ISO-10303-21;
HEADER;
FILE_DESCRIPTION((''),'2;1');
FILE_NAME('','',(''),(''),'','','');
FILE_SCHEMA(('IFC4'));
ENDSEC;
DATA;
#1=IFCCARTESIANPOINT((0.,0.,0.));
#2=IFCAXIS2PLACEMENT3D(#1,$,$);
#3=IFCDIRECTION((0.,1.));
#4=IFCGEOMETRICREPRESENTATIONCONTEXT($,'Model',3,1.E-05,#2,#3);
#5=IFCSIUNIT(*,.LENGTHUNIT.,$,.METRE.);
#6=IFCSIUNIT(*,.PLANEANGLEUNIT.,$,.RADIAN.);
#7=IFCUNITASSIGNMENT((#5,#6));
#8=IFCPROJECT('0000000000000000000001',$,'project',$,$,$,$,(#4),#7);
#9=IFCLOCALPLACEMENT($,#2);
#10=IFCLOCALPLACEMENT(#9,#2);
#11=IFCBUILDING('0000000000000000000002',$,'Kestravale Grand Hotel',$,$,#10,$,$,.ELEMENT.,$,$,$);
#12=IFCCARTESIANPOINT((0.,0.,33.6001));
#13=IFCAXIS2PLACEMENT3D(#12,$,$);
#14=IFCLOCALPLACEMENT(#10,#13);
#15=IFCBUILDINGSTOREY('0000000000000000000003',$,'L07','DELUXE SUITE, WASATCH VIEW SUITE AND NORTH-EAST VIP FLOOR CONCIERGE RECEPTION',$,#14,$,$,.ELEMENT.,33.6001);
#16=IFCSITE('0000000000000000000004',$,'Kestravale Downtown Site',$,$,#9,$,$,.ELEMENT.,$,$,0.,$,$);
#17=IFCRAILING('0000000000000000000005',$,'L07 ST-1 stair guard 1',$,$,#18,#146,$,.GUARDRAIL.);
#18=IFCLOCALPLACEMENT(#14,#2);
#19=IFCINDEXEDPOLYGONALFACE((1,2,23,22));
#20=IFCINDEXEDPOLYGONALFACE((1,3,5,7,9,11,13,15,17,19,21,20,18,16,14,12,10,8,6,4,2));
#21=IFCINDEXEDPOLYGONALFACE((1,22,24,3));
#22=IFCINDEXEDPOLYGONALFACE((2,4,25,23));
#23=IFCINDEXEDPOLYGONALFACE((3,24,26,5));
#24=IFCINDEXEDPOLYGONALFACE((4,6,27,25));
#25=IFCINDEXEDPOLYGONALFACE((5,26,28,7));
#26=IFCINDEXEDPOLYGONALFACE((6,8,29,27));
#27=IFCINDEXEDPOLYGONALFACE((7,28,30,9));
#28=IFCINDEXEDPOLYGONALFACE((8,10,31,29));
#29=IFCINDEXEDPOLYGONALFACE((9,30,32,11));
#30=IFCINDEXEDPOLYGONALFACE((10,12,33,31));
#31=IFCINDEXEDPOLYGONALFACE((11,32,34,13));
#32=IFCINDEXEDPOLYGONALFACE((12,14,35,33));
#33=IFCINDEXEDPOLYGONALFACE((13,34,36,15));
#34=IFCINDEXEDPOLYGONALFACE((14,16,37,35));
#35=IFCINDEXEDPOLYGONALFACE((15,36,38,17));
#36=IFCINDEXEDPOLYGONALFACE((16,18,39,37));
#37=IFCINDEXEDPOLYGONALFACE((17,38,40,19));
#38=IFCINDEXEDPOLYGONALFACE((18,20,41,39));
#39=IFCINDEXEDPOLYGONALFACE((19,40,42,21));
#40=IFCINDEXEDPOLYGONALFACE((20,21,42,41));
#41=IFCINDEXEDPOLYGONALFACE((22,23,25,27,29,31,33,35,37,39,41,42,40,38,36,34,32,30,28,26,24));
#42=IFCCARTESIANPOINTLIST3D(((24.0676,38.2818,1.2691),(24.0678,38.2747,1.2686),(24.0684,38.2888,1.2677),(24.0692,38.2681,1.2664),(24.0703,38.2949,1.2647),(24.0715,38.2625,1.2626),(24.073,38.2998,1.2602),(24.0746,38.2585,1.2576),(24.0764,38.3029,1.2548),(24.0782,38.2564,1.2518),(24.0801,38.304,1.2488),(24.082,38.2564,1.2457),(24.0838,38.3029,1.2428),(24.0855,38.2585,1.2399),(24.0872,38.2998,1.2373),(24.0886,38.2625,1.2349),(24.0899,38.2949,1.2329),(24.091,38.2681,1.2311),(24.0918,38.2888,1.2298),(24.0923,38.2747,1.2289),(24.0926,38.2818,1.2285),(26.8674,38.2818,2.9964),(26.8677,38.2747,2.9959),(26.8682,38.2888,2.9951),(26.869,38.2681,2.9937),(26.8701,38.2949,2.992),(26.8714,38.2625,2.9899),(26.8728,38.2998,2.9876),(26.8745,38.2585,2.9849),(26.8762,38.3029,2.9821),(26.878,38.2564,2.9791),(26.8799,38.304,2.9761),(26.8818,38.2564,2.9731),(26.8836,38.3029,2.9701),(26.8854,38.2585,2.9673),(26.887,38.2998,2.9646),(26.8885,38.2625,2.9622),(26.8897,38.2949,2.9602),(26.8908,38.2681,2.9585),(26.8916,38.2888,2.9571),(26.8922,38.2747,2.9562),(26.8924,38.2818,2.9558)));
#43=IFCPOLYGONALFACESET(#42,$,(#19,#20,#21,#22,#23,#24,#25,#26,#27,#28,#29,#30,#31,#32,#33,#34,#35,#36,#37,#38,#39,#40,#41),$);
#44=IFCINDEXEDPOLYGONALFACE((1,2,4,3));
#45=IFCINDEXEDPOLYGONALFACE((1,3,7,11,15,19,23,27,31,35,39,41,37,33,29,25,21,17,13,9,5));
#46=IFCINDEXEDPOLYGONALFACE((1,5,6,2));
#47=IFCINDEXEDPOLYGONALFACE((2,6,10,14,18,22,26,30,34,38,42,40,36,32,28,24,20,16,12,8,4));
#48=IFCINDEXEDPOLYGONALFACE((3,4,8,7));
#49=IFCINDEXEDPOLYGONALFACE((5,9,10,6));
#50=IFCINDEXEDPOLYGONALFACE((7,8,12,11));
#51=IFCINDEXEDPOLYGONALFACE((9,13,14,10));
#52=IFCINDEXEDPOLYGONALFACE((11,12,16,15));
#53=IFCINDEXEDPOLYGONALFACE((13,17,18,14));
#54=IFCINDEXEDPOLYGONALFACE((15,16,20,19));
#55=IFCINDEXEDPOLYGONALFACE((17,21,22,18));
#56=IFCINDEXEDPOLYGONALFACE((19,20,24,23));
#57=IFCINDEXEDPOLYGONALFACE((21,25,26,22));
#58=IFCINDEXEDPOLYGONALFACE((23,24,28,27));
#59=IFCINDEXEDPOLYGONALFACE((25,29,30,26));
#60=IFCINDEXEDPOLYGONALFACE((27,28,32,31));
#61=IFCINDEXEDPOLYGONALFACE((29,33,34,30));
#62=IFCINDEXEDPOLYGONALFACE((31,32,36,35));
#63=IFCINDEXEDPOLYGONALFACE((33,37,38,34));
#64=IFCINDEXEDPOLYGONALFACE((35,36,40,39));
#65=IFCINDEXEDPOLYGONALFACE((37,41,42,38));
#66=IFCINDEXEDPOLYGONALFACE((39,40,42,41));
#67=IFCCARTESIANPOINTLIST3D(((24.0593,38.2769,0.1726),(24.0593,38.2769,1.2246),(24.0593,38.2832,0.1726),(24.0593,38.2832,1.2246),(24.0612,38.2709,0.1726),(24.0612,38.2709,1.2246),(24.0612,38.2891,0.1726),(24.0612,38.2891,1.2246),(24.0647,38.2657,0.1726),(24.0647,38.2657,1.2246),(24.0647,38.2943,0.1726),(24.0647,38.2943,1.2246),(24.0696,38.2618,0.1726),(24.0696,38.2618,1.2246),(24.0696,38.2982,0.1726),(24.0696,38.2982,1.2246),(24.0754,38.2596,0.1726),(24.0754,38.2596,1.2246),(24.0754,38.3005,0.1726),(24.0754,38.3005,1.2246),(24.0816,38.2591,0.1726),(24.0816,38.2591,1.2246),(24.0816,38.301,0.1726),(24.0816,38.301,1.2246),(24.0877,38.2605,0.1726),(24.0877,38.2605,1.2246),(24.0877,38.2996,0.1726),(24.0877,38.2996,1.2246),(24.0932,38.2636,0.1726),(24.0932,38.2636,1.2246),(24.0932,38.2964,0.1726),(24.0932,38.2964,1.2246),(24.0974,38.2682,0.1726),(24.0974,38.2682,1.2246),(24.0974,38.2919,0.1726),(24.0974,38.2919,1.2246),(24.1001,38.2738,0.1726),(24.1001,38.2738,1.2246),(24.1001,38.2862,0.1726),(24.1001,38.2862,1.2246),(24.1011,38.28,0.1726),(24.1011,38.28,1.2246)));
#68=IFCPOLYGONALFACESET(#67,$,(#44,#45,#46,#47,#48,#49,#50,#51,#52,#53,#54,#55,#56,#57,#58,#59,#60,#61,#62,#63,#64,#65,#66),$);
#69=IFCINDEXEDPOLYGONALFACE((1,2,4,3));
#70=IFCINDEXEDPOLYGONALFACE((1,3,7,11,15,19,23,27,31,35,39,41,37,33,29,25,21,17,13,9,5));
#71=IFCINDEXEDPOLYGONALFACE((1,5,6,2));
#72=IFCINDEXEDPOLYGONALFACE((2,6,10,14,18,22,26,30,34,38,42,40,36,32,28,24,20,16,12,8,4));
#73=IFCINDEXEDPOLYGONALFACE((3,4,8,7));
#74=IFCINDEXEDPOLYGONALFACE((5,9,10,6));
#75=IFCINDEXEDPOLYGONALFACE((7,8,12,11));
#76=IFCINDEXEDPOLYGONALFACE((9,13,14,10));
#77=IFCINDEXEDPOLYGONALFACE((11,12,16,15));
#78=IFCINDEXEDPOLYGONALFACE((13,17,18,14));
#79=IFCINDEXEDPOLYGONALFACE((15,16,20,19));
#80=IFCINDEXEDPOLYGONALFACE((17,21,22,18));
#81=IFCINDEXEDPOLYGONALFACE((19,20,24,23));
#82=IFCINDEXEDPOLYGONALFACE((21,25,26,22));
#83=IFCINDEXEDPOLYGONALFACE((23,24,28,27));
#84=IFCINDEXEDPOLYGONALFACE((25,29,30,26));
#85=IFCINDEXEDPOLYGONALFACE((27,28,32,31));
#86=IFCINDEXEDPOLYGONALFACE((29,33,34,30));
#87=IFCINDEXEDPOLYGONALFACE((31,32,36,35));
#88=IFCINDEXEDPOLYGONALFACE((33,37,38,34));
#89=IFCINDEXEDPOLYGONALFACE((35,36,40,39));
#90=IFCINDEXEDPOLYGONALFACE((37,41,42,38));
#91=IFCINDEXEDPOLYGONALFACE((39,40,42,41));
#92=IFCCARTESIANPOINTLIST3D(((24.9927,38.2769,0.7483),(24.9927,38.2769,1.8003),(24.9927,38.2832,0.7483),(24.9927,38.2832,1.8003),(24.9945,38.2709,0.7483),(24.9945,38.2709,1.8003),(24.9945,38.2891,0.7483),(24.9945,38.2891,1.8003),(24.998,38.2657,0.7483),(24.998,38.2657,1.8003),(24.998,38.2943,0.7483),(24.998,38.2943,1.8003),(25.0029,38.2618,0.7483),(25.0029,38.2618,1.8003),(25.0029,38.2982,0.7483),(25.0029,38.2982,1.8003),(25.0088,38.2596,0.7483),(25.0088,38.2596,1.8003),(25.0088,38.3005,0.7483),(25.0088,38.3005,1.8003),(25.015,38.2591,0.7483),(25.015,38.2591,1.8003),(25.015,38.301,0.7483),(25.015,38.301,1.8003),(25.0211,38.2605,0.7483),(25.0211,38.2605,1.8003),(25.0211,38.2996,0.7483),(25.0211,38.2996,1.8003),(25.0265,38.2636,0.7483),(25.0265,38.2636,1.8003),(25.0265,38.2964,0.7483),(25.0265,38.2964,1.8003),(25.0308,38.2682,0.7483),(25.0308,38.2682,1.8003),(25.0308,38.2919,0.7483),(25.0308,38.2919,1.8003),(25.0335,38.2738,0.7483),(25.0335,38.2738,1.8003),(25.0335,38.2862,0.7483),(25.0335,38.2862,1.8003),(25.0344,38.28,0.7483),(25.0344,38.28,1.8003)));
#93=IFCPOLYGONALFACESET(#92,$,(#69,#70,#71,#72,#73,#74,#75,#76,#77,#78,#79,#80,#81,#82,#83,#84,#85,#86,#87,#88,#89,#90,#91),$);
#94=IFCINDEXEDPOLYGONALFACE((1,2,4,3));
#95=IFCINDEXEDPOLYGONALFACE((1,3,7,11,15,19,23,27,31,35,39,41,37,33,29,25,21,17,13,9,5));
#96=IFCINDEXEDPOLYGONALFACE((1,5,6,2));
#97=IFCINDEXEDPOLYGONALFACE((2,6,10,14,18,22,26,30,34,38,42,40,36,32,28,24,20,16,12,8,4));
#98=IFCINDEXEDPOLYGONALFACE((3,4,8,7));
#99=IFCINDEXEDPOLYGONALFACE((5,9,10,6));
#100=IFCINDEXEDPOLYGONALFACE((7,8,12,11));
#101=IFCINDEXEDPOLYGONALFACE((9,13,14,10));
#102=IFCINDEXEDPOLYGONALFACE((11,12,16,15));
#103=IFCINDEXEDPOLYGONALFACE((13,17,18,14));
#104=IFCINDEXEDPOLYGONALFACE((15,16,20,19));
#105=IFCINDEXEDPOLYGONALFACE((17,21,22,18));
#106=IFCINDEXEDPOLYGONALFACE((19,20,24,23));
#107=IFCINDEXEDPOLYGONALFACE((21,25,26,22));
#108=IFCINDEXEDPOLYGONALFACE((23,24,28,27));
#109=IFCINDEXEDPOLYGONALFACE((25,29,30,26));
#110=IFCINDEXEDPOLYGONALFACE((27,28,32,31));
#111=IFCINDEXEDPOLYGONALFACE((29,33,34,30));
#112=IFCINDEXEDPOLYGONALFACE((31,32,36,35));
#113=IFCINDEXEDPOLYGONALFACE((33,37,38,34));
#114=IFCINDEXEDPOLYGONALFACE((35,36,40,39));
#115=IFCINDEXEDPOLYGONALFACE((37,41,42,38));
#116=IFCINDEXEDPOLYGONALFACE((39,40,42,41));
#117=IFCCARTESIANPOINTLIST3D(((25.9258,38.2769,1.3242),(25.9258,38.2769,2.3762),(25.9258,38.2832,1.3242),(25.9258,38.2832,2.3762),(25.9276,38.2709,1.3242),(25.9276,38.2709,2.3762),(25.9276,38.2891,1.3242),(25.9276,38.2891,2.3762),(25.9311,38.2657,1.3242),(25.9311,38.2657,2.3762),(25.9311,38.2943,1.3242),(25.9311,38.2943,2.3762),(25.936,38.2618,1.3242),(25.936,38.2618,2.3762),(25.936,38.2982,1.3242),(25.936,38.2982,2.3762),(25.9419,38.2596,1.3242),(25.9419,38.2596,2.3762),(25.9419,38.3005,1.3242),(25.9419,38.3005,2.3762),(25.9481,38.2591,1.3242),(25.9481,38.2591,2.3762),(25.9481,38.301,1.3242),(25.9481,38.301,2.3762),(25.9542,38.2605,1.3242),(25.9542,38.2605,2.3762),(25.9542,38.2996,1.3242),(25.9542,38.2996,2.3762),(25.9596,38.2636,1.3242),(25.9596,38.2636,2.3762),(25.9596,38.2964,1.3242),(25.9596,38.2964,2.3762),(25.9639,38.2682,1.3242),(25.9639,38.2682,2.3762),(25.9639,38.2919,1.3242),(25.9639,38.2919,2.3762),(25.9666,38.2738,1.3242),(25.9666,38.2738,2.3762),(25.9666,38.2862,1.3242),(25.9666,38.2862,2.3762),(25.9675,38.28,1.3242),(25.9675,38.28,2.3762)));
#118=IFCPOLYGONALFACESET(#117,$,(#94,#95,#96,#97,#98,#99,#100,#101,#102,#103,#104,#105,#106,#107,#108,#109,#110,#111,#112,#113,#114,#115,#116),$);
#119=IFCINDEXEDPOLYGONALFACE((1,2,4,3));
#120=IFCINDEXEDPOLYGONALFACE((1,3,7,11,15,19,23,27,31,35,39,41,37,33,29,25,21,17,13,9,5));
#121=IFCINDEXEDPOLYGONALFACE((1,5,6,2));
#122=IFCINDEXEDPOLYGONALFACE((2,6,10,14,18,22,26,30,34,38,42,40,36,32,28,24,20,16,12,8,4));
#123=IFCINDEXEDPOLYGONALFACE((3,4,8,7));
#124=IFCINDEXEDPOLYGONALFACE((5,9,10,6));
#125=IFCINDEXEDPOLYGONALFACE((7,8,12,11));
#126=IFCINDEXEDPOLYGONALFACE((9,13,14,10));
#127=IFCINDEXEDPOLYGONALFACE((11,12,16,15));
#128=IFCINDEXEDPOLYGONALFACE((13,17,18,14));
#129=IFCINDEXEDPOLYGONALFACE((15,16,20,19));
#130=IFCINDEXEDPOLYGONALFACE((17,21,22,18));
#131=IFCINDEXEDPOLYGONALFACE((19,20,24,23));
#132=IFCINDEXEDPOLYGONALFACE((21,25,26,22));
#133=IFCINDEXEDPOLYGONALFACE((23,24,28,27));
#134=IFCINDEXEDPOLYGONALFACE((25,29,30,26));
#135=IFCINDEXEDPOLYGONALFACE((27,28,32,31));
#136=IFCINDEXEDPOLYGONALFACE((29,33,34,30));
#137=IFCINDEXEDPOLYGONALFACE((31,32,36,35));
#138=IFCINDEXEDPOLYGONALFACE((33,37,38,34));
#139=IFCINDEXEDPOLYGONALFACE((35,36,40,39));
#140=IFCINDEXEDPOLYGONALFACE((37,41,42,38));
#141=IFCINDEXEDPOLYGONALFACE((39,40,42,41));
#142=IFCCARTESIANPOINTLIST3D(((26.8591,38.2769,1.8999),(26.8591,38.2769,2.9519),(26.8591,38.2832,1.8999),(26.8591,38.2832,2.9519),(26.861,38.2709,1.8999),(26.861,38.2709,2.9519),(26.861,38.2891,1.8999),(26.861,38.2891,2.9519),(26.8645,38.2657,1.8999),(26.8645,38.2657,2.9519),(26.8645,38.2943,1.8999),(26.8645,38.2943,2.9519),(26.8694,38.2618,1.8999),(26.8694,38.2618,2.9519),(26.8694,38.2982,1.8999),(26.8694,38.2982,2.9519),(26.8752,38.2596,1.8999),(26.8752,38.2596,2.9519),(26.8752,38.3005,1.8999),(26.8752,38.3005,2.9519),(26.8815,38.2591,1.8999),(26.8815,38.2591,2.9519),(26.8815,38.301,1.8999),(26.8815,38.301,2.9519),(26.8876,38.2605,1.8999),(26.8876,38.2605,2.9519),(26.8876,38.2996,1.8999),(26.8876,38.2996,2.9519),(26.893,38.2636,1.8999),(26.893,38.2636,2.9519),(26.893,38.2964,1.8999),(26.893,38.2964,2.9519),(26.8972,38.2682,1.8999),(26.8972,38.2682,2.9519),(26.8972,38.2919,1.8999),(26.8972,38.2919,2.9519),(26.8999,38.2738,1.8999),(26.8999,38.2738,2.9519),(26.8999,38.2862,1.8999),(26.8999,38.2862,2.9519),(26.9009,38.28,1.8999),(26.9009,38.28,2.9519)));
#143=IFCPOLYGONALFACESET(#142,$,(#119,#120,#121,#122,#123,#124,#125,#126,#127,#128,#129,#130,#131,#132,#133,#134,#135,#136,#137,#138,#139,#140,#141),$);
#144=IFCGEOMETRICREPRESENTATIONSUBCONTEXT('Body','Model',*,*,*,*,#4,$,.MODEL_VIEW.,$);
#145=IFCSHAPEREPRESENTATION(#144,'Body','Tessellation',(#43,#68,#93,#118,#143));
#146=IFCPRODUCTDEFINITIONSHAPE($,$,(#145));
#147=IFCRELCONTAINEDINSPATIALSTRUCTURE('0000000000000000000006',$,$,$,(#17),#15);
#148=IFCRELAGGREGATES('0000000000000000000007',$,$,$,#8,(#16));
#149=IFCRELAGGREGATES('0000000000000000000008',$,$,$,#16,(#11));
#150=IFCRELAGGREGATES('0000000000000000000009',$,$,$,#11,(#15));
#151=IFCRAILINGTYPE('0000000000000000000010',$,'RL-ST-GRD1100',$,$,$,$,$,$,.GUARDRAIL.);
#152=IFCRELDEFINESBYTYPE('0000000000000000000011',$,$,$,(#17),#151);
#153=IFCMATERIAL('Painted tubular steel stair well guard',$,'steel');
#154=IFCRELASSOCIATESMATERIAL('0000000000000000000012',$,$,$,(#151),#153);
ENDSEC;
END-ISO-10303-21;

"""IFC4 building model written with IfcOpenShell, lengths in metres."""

from ifc_helpers import new_model, si_unit, direction, frame, origin, origin_2d, place, context, subcontext, project, spatial, circle, extrude, material, type_object, element, save


model = new_model("IFC4")

# Units and contexts
model_context = context("Model", 3, precision=1e-05, world=origin(), true_north=direction((0.0, 1.0)))
body_context = subcontext(model_context, "Body", "Model", "MODEL_VIEW")
ifc_project = project(units=[si_unit("LENGTHUNIT", "METRE"), si_unit("PLANEANGLEUNIT", "RADIAN")], contexts=[model_context])

# Site, building, storey
site_placement = place(None, origin())
site = spatial("IfcSite", under=ifc_project, at=site_placement, Name="Kestravale Downtown Site", CompositionType="ELEMENT", RefElevation=0.0)
building_placement = place(site_placement, origin())
building = spatial("IfcBuilding", under=site, at=building_placement, Name="Kestravale Grand Hotel", CompositionType="ELEMENT")
storey_placement = place(building_placement, frame((0.0, 0.0, 33.6001)))
storey = spatial("IfcBuildingStorey", under=building, at=storey_placement, Name="L07", Description="DELUXE SUITE, WASATCH VIEW SUITE AND NORTH-EAST VIP FLOOR CONCIERGE RECEPTION", CompositionType="ELEMENT", Elevation=33.6001)

# Railing
ifc_material_1 = material(Name="Painted tubular steel stair well guard", Category="steel")
railing_type_1 = type_object("IfcRailingType", Name="RL-ST-GRD1100", PredefinedType="GUARDRAIL", material=ifc_material_1)
railing_1_placement = place(storey_placement, frame((24.0801, 38.28, 0.1726)))
element("IfcRailing", 1, at=railing_1_placement, inside=storey, type_object=railing_type_1, Name="L07 ST-1 stair guard 1", PredefinedType="GUARDRAIL", context=body_context, shape_type="SweptSolid", body=[
    extrude(circle(Radius=0.0239, at=origin_2d()), frame((0.0, 0.0, 1.0762), z_axis=(0.851069, 0.0, 0.525054), x_axis=(0.0, 1.0, 0.0)), (0.0, 0.0, 1.0), 3.2898),
    extrude(circle(Radius=0.021, at=origin_2d()), origin(), (0.0, 0.0, 1.0), 1.052),
    extrude(circle(Radius=0.021, at=origin_2d()), frame((0.9333, 0.0, 0.5757)), (0.0, 0.0, 1.0), 1.052),
    extrude(circle(Radius=0.021, at=origin_2d()), frame((1.8665, 0.0, 1.1516)), (0.0, 0.0, 1.0), 1.052),
    extrude(circle(Radius=0.021, at=origin_2d()), frame((2.7998, 0.0, 1.7273)), (0.0, 0.0, 1.0), 1.052),
])

save(model, "model.ifc")
